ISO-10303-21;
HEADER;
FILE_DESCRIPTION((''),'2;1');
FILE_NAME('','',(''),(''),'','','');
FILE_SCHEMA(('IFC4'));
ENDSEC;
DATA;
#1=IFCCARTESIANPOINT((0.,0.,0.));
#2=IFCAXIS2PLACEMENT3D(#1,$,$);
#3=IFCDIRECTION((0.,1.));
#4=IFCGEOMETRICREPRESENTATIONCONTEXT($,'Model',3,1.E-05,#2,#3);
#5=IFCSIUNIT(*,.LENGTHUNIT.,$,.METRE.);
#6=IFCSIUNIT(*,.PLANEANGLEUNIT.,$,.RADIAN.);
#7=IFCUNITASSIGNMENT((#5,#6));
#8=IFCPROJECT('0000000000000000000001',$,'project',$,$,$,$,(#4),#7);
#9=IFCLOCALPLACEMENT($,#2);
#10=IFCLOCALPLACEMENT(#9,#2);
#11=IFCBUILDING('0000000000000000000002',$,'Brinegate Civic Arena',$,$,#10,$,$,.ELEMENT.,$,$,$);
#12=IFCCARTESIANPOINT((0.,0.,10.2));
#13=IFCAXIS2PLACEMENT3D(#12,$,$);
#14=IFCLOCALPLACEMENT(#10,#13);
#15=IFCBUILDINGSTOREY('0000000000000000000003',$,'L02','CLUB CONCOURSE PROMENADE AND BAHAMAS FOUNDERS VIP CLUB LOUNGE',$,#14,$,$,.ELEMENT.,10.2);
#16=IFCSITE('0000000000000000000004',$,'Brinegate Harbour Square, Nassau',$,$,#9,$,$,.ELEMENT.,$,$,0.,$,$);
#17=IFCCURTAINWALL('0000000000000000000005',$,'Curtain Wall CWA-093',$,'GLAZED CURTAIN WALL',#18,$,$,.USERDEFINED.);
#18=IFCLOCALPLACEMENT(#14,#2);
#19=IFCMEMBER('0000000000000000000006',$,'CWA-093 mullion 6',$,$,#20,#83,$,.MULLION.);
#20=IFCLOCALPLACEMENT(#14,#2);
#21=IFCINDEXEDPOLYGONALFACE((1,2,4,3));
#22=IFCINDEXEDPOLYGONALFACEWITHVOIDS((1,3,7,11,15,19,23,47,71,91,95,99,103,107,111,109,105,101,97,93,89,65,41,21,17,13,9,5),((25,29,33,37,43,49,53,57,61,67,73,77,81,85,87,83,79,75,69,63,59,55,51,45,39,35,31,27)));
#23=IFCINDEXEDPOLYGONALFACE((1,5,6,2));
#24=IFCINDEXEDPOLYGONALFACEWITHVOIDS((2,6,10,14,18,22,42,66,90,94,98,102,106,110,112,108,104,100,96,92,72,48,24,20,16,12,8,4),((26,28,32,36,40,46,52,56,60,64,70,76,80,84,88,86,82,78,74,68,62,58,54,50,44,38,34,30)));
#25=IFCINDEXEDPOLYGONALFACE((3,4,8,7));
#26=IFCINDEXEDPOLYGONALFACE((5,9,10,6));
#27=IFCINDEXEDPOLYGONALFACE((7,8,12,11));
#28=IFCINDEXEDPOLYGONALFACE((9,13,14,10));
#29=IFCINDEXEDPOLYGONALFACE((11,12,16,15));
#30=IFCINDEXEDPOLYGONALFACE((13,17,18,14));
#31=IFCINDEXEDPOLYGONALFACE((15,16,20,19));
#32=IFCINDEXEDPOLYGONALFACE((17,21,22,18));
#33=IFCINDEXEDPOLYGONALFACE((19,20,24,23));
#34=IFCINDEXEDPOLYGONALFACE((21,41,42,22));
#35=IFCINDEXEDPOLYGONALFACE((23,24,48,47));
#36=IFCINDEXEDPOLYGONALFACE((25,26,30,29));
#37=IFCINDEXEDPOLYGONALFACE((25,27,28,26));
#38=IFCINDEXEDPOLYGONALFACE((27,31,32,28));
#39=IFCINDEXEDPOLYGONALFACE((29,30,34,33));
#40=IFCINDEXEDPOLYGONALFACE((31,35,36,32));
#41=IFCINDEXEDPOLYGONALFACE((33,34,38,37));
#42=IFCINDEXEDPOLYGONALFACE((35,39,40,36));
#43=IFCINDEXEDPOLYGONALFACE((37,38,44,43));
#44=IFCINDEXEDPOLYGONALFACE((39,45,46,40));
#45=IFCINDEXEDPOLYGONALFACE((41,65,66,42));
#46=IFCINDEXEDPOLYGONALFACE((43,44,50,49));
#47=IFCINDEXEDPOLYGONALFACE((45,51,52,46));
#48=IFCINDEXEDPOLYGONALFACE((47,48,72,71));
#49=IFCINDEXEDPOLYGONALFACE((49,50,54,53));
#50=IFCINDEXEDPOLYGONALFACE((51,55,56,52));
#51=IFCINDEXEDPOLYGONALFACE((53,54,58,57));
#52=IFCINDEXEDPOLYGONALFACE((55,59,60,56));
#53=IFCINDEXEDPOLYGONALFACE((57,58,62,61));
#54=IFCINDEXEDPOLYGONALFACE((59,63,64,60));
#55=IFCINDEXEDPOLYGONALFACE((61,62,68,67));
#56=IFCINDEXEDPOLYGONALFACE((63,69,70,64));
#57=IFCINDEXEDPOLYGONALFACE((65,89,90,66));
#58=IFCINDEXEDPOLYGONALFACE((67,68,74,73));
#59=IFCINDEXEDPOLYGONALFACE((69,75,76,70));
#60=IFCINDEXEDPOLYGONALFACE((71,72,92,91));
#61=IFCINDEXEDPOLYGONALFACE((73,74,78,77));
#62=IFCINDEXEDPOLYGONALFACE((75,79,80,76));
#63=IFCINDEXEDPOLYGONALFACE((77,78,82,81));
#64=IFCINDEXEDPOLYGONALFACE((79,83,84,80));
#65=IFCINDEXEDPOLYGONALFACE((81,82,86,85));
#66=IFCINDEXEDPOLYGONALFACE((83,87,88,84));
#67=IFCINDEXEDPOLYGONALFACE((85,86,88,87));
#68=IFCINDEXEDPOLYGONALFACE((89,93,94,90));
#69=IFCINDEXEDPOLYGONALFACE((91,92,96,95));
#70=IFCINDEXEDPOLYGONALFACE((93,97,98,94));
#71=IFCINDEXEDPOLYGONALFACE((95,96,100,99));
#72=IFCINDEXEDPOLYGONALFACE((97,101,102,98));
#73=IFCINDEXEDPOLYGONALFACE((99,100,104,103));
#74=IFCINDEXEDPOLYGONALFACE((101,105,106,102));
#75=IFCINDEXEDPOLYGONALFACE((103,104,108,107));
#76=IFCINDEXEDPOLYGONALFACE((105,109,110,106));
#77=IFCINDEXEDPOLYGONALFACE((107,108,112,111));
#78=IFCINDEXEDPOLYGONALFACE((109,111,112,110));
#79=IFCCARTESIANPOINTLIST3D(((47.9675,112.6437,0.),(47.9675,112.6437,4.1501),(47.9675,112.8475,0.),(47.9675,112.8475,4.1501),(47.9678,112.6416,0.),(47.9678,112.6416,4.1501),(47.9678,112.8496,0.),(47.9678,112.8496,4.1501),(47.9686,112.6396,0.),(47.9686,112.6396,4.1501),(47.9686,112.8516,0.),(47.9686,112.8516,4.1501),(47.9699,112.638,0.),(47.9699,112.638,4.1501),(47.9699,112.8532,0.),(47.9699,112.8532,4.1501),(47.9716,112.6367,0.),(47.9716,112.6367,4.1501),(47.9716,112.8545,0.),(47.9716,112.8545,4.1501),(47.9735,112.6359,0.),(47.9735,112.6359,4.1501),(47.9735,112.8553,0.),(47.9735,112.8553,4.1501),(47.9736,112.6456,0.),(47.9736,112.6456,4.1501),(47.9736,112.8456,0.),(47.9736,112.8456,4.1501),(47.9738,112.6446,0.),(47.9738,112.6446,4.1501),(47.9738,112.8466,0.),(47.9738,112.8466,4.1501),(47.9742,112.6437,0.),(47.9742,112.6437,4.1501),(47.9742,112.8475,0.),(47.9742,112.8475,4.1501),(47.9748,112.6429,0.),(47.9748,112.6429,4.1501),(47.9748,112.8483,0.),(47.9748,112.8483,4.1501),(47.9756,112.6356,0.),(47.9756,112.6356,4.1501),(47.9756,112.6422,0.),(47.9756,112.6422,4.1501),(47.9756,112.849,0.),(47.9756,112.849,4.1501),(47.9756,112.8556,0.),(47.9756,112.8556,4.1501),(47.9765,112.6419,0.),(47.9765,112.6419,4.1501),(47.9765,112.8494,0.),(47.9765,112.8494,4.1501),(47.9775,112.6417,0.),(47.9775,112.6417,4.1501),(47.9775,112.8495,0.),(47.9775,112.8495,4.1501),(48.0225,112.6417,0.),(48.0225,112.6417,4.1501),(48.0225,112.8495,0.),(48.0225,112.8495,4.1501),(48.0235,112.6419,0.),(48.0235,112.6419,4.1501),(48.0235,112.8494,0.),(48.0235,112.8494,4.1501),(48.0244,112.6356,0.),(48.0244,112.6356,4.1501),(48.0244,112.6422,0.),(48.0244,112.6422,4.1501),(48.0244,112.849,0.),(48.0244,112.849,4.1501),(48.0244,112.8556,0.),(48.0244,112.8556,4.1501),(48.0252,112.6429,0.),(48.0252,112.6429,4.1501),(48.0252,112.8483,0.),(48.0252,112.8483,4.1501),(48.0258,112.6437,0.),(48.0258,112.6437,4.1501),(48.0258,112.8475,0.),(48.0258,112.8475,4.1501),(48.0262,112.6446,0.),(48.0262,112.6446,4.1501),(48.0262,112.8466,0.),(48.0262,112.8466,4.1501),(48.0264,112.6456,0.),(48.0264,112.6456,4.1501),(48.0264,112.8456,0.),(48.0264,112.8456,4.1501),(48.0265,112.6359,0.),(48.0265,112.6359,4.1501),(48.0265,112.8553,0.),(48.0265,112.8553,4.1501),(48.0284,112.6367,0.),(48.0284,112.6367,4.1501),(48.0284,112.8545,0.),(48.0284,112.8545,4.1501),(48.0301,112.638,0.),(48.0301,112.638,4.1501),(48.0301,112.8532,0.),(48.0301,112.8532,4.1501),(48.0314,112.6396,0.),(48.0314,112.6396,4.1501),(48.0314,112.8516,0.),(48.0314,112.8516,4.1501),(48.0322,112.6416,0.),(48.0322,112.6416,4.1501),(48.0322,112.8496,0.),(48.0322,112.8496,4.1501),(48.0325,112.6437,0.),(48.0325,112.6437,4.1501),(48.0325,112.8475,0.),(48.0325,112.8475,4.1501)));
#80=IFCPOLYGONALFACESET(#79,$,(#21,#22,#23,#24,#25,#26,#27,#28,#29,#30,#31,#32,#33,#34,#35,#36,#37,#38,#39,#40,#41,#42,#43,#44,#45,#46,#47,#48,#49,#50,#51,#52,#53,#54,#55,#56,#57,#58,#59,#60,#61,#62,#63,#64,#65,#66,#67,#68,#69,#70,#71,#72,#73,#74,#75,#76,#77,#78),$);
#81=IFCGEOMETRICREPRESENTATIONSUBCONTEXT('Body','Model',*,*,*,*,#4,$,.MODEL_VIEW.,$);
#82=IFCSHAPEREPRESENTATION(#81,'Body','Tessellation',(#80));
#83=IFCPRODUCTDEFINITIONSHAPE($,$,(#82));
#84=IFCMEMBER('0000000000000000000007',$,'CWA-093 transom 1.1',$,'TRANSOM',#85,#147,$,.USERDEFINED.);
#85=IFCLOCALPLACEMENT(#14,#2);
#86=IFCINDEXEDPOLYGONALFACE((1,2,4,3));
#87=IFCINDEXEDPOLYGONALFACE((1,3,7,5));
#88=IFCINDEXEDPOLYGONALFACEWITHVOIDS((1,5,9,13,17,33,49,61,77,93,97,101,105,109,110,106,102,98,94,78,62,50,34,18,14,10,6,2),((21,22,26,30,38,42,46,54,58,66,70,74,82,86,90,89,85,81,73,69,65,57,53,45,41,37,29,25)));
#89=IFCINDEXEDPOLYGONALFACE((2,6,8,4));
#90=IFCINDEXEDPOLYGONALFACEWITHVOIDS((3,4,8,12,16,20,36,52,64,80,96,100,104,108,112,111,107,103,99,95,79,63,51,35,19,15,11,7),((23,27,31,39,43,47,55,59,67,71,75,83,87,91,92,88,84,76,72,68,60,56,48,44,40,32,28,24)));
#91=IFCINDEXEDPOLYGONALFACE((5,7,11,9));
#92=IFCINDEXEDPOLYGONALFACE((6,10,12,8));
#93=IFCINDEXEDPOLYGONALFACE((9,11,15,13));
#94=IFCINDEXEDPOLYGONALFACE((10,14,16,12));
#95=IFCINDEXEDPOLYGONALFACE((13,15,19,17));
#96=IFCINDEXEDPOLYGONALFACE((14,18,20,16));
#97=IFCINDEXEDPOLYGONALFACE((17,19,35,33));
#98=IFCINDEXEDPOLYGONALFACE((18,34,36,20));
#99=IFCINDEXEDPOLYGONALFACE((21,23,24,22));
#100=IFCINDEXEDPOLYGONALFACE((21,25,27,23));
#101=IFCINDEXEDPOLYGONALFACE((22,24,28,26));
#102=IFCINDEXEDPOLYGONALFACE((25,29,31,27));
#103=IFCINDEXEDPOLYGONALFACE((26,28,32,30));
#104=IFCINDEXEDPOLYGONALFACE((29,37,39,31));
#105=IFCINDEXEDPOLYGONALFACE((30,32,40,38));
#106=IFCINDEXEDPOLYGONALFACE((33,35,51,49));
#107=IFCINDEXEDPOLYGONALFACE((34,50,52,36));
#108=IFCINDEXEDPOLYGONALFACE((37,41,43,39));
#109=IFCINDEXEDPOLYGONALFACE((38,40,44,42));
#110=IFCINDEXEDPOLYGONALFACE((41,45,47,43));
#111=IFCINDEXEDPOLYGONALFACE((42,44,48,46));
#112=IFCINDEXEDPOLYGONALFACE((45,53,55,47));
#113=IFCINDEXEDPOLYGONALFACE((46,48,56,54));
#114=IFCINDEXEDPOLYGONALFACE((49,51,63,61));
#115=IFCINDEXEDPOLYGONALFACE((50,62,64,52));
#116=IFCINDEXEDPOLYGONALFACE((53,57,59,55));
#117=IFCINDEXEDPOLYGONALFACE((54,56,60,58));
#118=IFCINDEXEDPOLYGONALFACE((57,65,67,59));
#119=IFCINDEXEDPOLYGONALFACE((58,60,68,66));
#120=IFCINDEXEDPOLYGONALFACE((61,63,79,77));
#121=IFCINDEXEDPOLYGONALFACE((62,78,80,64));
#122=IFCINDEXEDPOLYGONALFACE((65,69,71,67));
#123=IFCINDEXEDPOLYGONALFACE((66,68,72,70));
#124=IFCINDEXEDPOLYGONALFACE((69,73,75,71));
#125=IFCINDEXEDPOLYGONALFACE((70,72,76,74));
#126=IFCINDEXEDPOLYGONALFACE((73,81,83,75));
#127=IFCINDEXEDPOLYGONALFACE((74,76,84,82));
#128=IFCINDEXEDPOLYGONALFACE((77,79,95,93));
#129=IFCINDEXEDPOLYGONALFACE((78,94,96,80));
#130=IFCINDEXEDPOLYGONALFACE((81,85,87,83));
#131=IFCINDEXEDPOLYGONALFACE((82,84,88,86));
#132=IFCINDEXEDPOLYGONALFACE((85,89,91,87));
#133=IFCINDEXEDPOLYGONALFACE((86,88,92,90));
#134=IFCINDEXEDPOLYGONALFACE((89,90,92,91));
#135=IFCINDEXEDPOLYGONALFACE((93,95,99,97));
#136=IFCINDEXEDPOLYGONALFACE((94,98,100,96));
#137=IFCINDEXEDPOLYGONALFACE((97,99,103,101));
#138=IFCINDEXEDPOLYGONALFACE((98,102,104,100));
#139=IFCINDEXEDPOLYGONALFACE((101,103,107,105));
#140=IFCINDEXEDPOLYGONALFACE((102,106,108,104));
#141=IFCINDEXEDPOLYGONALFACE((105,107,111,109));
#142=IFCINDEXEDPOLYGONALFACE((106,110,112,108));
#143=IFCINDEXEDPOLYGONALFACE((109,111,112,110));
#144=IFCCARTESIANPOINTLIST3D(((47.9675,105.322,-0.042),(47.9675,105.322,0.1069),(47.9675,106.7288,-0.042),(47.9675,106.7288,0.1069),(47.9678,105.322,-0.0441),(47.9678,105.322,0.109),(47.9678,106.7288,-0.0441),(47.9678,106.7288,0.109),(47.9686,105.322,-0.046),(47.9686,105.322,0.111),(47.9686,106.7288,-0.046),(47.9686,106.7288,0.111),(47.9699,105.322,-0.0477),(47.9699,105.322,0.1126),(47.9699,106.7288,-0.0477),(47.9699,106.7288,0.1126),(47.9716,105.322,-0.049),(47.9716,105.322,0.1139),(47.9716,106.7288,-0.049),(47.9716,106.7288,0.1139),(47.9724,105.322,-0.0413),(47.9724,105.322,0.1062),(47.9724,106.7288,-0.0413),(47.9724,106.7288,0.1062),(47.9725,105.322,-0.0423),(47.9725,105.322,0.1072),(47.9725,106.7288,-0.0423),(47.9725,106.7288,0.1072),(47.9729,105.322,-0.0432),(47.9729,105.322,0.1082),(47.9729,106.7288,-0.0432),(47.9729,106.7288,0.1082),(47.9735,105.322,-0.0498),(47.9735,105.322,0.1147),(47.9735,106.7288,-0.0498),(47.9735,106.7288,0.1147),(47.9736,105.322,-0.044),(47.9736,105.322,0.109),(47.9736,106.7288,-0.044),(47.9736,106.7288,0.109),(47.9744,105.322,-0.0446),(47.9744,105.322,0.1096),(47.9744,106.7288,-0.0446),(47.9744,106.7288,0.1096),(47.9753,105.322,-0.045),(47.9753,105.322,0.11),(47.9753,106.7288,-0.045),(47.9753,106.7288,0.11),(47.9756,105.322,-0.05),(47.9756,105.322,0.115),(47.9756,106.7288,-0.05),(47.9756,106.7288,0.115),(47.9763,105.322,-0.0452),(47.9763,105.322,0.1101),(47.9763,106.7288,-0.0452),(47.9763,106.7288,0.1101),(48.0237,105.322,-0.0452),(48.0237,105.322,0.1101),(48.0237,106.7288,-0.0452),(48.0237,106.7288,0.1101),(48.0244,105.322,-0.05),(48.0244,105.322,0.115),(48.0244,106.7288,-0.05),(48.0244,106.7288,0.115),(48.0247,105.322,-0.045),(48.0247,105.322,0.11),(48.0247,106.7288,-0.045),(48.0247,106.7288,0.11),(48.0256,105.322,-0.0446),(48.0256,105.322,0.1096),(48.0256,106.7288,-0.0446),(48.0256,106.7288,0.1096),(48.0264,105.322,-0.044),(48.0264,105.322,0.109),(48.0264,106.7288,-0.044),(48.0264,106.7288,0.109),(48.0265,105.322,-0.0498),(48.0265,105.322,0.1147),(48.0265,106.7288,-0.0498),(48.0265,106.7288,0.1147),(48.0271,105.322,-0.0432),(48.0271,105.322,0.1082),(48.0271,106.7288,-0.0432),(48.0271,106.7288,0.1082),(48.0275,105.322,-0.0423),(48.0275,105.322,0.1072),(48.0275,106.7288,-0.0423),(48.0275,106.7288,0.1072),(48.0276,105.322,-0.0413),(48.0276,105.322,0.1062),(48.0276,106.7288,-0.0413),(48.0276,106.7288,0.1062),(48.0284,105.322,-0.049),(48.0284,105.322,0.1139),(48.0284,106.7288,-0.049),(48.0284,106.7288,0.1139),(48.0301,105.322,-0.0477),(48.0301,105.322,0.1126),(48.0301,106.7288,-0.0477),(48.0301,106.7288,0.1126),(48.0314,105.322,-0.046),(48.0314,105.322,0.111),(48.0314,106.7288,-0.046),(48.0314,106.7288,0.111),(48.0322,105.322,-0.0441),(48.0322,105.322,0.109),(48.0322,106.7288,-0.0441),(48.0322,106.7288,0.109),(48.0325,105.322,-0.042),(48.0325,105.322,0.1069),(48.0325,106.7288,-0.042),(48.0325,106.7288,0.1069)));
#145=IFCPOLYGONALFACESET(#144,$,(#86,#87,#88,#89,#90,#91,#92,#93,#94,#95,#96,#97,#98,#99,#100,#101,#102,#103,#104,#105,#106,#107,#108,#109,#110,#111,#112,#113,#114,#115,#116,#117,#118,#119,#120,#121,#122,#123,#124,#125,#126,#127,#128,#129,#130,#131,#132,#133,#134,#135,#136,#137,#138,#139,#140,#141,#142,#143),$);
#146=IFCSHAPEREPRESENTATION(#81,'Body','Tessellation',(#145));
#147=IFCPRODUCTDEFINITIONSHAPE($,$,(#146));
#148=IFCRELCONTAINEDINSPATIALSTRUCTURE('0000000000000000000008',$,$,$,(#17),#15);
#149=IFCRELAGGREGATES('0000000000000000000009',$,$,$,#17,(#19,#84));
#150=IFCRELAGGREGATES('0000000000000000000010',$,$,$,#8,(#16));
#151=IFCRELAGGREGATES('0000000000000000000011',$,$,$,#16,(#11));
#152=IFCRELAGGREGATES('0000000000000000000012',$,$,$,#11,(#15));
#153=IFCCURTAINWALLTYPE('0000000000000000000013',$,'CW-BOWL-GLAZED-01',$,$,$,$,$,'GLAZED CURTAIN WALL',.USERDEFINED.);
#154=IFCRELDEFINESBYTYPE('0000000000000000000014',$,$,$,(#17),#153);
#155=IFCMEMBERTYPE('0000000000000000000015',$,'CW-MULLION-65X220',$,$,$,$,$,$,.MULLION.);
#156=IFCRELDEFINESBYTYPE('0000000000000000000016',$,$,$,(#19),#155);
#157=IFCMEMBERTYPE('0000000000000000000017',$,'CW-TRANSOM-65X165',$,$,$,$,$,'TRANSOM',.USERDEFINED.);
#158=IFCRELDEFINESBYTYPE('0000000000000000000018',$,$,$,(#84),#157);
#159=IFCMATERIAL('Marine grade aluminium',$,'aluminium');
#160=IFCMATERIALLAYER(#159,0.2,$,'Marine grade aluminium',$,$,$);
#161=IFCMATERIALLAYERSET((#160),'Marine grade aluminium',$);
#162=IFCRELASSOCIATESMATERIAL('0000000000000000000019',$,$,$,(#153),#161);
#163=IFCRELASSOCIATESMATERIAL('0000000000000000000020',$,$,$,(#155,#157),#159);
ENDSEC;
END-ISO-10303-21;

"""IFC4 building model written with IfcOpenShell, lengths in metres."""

from ifc_helpers import new_model, si_unit, direction, frame, origin, origin_2d, place, context, subcontext, project, spatial, hollow_rectangle, extrude, material, layer, layer_set, material_profile, profile_set, type_object, element, aggregate, save


model = new_model("IFC4")

# Units and contexts
model_context = context("Model", 3, precision=1e-05, world=origin(), true_north=direction((0.0, 1.0)))
body_context = subcontext(model_context, "Body", "Model", "MODEL_VIEW")
ifc_project = project(units=[si_unit("LENGTHUNIT", "METRE"), si_unit("PLANEANGLEUNIT", "RADIAN")], contexts=[model_context])

# Site, building, storey
site_placement = place(None, origin())
site = spatial("IfcSite", under=ifc_project, at=site_placement, Name="Brinegate Harbour Square, Nassau", CompositionType="ELEMENT", RefElevation=0.0)
building_placement = place(site_placement, origin())
building = spatial("IfcBuilding", under=site, at=building_placement, Name="Brinegate Civic Arena", CompositionType="ELEMENT")
storey_placement = place(building_placement, frame((0.0, 0.0, 10.2)))
storey = spatial("IfcBuildingStorey", under=building, at=storey_placement, Name="L02", Description="CLUB CONCOURSE PROMENADE AND BAHAMAS FOUNDERS VIP CLUB LOUNGE", CompositionType="ELEMENT", Elevation=10.2)

# Curtain wall, members
ifc_material_1 = material(Name="Marine grade aluminium", Category="aluminium")
ifc_layer_1 = layer(ifc_material_1, 0.2, Name="Marine grade aluminium")
ifc_layer_set_1 = layer_set([ifc_layer_1], Name="Marine grade aluminium")
curtain_wall_type = type_object("IfcCurtainWallType", Name="CW-BOWL-GLAZED-01", ElementType="GLAZED CURTAIN WALL", PredefinedType="USERDEFINED", material=ifc_layer_set_1)
curtain_wall_placement = place(storey_placement, origin())
curtain_wall = element("IfcCurtainWall", 1, at=curtain_wall_placement, inside=storey, type_object=curtain_wall_type, Name="Curtain Wall CWA-093", ObjectType="GLAZED CURTAIN WALL", PredefinedType="USERDEFINED")
ifc_material_profile_1 = material_profile(ifc_material_1, hollow_rectangle(XDim=0.0649, YDim=0.22, WallThickness=0.0061, InnerFilletRadius=0.0039, OuterFilletRadius=0.0081, at=origin_2d()), Name="MUL65X220")
ifc_profile_set_1 = profile_set([ifc_material_profile_1], Name="Marine grade aluminium")
member_type_1 = type_object("IfcMemberType", Name="CW-MULLION-65X220", PredefinedType="MULLION", material=ifc_profile_set_1)
member_1_placement = place(storey_placement, frame((48.0, 112.7456, 0.0), z_axis=(0.0, 0.0, 1.0), x_axis=(-1.0, 0.0, 0.0)))
member_1 = element("IfcMember", 2, at=member_1_placement, type_object=member_type_1, Name="CWA-093 mullion 6", PredefinedType="MULLION", context=body_context, shape_type="SweptSolid", body=[
    extrude(hollow_rectangle(XDim=0.0649, YDim=0.22, WallThickness=0.0061, InnerFilletRadius=0.0039, OuterFilletRadius=0.0081, at=origin_2d()), origin(), (0.0, 0.0, 1.0), 4.1501),
])
ifc_material_profile_2 = material_profile(ifc_material_1, hollow_rectangle(XDim=0.0649, YDim=0.165, WallThickness=0.0049, InnerFilletRadius=0.0039, OuterFilletRadius=0.0081, at=origin_2d()), Name="TRN65X165")
ifc_profile_set_2 = profile_set([ifc_material_profile_2], Name="Marine grade aluminium")
member_type_2 = type_object("IfcMemberType", Name="CW-TRANSOM-65X165", ElementType="TRANSOM", PredefinedType="USERDEFINED", material=ifc_profile_set_2)
member_2_placement = place(storey_placement, frame((48.0, 105.322, 0.0325), z_axis=(0.0, 1.0, 0.0), x_axis=(-1.0, 0.0, 0.0)))
member_2 = element("IfcMember", 3, at=member_2_placement, type_object=member_type_2, Name="CWA-093 transom 1.1", ObjectType="TRANSOM", PredefinedType="USERDEFINED", context=body_context, shape_type="SweptSolid", body=[
    extrude(hollow_rectangle(XDim=0.0649, YDim=0.165, WallThickness=0.0049, InnerFilletRadius=0.0039, OuterFilletRadius=0.0081, at=origin_2d()), origin(), (0.0, 0.0, 1.0), 1.4067),
])

aggregate(curtain_wall, [member_1, member_2])

save(model, "model.ifc")
